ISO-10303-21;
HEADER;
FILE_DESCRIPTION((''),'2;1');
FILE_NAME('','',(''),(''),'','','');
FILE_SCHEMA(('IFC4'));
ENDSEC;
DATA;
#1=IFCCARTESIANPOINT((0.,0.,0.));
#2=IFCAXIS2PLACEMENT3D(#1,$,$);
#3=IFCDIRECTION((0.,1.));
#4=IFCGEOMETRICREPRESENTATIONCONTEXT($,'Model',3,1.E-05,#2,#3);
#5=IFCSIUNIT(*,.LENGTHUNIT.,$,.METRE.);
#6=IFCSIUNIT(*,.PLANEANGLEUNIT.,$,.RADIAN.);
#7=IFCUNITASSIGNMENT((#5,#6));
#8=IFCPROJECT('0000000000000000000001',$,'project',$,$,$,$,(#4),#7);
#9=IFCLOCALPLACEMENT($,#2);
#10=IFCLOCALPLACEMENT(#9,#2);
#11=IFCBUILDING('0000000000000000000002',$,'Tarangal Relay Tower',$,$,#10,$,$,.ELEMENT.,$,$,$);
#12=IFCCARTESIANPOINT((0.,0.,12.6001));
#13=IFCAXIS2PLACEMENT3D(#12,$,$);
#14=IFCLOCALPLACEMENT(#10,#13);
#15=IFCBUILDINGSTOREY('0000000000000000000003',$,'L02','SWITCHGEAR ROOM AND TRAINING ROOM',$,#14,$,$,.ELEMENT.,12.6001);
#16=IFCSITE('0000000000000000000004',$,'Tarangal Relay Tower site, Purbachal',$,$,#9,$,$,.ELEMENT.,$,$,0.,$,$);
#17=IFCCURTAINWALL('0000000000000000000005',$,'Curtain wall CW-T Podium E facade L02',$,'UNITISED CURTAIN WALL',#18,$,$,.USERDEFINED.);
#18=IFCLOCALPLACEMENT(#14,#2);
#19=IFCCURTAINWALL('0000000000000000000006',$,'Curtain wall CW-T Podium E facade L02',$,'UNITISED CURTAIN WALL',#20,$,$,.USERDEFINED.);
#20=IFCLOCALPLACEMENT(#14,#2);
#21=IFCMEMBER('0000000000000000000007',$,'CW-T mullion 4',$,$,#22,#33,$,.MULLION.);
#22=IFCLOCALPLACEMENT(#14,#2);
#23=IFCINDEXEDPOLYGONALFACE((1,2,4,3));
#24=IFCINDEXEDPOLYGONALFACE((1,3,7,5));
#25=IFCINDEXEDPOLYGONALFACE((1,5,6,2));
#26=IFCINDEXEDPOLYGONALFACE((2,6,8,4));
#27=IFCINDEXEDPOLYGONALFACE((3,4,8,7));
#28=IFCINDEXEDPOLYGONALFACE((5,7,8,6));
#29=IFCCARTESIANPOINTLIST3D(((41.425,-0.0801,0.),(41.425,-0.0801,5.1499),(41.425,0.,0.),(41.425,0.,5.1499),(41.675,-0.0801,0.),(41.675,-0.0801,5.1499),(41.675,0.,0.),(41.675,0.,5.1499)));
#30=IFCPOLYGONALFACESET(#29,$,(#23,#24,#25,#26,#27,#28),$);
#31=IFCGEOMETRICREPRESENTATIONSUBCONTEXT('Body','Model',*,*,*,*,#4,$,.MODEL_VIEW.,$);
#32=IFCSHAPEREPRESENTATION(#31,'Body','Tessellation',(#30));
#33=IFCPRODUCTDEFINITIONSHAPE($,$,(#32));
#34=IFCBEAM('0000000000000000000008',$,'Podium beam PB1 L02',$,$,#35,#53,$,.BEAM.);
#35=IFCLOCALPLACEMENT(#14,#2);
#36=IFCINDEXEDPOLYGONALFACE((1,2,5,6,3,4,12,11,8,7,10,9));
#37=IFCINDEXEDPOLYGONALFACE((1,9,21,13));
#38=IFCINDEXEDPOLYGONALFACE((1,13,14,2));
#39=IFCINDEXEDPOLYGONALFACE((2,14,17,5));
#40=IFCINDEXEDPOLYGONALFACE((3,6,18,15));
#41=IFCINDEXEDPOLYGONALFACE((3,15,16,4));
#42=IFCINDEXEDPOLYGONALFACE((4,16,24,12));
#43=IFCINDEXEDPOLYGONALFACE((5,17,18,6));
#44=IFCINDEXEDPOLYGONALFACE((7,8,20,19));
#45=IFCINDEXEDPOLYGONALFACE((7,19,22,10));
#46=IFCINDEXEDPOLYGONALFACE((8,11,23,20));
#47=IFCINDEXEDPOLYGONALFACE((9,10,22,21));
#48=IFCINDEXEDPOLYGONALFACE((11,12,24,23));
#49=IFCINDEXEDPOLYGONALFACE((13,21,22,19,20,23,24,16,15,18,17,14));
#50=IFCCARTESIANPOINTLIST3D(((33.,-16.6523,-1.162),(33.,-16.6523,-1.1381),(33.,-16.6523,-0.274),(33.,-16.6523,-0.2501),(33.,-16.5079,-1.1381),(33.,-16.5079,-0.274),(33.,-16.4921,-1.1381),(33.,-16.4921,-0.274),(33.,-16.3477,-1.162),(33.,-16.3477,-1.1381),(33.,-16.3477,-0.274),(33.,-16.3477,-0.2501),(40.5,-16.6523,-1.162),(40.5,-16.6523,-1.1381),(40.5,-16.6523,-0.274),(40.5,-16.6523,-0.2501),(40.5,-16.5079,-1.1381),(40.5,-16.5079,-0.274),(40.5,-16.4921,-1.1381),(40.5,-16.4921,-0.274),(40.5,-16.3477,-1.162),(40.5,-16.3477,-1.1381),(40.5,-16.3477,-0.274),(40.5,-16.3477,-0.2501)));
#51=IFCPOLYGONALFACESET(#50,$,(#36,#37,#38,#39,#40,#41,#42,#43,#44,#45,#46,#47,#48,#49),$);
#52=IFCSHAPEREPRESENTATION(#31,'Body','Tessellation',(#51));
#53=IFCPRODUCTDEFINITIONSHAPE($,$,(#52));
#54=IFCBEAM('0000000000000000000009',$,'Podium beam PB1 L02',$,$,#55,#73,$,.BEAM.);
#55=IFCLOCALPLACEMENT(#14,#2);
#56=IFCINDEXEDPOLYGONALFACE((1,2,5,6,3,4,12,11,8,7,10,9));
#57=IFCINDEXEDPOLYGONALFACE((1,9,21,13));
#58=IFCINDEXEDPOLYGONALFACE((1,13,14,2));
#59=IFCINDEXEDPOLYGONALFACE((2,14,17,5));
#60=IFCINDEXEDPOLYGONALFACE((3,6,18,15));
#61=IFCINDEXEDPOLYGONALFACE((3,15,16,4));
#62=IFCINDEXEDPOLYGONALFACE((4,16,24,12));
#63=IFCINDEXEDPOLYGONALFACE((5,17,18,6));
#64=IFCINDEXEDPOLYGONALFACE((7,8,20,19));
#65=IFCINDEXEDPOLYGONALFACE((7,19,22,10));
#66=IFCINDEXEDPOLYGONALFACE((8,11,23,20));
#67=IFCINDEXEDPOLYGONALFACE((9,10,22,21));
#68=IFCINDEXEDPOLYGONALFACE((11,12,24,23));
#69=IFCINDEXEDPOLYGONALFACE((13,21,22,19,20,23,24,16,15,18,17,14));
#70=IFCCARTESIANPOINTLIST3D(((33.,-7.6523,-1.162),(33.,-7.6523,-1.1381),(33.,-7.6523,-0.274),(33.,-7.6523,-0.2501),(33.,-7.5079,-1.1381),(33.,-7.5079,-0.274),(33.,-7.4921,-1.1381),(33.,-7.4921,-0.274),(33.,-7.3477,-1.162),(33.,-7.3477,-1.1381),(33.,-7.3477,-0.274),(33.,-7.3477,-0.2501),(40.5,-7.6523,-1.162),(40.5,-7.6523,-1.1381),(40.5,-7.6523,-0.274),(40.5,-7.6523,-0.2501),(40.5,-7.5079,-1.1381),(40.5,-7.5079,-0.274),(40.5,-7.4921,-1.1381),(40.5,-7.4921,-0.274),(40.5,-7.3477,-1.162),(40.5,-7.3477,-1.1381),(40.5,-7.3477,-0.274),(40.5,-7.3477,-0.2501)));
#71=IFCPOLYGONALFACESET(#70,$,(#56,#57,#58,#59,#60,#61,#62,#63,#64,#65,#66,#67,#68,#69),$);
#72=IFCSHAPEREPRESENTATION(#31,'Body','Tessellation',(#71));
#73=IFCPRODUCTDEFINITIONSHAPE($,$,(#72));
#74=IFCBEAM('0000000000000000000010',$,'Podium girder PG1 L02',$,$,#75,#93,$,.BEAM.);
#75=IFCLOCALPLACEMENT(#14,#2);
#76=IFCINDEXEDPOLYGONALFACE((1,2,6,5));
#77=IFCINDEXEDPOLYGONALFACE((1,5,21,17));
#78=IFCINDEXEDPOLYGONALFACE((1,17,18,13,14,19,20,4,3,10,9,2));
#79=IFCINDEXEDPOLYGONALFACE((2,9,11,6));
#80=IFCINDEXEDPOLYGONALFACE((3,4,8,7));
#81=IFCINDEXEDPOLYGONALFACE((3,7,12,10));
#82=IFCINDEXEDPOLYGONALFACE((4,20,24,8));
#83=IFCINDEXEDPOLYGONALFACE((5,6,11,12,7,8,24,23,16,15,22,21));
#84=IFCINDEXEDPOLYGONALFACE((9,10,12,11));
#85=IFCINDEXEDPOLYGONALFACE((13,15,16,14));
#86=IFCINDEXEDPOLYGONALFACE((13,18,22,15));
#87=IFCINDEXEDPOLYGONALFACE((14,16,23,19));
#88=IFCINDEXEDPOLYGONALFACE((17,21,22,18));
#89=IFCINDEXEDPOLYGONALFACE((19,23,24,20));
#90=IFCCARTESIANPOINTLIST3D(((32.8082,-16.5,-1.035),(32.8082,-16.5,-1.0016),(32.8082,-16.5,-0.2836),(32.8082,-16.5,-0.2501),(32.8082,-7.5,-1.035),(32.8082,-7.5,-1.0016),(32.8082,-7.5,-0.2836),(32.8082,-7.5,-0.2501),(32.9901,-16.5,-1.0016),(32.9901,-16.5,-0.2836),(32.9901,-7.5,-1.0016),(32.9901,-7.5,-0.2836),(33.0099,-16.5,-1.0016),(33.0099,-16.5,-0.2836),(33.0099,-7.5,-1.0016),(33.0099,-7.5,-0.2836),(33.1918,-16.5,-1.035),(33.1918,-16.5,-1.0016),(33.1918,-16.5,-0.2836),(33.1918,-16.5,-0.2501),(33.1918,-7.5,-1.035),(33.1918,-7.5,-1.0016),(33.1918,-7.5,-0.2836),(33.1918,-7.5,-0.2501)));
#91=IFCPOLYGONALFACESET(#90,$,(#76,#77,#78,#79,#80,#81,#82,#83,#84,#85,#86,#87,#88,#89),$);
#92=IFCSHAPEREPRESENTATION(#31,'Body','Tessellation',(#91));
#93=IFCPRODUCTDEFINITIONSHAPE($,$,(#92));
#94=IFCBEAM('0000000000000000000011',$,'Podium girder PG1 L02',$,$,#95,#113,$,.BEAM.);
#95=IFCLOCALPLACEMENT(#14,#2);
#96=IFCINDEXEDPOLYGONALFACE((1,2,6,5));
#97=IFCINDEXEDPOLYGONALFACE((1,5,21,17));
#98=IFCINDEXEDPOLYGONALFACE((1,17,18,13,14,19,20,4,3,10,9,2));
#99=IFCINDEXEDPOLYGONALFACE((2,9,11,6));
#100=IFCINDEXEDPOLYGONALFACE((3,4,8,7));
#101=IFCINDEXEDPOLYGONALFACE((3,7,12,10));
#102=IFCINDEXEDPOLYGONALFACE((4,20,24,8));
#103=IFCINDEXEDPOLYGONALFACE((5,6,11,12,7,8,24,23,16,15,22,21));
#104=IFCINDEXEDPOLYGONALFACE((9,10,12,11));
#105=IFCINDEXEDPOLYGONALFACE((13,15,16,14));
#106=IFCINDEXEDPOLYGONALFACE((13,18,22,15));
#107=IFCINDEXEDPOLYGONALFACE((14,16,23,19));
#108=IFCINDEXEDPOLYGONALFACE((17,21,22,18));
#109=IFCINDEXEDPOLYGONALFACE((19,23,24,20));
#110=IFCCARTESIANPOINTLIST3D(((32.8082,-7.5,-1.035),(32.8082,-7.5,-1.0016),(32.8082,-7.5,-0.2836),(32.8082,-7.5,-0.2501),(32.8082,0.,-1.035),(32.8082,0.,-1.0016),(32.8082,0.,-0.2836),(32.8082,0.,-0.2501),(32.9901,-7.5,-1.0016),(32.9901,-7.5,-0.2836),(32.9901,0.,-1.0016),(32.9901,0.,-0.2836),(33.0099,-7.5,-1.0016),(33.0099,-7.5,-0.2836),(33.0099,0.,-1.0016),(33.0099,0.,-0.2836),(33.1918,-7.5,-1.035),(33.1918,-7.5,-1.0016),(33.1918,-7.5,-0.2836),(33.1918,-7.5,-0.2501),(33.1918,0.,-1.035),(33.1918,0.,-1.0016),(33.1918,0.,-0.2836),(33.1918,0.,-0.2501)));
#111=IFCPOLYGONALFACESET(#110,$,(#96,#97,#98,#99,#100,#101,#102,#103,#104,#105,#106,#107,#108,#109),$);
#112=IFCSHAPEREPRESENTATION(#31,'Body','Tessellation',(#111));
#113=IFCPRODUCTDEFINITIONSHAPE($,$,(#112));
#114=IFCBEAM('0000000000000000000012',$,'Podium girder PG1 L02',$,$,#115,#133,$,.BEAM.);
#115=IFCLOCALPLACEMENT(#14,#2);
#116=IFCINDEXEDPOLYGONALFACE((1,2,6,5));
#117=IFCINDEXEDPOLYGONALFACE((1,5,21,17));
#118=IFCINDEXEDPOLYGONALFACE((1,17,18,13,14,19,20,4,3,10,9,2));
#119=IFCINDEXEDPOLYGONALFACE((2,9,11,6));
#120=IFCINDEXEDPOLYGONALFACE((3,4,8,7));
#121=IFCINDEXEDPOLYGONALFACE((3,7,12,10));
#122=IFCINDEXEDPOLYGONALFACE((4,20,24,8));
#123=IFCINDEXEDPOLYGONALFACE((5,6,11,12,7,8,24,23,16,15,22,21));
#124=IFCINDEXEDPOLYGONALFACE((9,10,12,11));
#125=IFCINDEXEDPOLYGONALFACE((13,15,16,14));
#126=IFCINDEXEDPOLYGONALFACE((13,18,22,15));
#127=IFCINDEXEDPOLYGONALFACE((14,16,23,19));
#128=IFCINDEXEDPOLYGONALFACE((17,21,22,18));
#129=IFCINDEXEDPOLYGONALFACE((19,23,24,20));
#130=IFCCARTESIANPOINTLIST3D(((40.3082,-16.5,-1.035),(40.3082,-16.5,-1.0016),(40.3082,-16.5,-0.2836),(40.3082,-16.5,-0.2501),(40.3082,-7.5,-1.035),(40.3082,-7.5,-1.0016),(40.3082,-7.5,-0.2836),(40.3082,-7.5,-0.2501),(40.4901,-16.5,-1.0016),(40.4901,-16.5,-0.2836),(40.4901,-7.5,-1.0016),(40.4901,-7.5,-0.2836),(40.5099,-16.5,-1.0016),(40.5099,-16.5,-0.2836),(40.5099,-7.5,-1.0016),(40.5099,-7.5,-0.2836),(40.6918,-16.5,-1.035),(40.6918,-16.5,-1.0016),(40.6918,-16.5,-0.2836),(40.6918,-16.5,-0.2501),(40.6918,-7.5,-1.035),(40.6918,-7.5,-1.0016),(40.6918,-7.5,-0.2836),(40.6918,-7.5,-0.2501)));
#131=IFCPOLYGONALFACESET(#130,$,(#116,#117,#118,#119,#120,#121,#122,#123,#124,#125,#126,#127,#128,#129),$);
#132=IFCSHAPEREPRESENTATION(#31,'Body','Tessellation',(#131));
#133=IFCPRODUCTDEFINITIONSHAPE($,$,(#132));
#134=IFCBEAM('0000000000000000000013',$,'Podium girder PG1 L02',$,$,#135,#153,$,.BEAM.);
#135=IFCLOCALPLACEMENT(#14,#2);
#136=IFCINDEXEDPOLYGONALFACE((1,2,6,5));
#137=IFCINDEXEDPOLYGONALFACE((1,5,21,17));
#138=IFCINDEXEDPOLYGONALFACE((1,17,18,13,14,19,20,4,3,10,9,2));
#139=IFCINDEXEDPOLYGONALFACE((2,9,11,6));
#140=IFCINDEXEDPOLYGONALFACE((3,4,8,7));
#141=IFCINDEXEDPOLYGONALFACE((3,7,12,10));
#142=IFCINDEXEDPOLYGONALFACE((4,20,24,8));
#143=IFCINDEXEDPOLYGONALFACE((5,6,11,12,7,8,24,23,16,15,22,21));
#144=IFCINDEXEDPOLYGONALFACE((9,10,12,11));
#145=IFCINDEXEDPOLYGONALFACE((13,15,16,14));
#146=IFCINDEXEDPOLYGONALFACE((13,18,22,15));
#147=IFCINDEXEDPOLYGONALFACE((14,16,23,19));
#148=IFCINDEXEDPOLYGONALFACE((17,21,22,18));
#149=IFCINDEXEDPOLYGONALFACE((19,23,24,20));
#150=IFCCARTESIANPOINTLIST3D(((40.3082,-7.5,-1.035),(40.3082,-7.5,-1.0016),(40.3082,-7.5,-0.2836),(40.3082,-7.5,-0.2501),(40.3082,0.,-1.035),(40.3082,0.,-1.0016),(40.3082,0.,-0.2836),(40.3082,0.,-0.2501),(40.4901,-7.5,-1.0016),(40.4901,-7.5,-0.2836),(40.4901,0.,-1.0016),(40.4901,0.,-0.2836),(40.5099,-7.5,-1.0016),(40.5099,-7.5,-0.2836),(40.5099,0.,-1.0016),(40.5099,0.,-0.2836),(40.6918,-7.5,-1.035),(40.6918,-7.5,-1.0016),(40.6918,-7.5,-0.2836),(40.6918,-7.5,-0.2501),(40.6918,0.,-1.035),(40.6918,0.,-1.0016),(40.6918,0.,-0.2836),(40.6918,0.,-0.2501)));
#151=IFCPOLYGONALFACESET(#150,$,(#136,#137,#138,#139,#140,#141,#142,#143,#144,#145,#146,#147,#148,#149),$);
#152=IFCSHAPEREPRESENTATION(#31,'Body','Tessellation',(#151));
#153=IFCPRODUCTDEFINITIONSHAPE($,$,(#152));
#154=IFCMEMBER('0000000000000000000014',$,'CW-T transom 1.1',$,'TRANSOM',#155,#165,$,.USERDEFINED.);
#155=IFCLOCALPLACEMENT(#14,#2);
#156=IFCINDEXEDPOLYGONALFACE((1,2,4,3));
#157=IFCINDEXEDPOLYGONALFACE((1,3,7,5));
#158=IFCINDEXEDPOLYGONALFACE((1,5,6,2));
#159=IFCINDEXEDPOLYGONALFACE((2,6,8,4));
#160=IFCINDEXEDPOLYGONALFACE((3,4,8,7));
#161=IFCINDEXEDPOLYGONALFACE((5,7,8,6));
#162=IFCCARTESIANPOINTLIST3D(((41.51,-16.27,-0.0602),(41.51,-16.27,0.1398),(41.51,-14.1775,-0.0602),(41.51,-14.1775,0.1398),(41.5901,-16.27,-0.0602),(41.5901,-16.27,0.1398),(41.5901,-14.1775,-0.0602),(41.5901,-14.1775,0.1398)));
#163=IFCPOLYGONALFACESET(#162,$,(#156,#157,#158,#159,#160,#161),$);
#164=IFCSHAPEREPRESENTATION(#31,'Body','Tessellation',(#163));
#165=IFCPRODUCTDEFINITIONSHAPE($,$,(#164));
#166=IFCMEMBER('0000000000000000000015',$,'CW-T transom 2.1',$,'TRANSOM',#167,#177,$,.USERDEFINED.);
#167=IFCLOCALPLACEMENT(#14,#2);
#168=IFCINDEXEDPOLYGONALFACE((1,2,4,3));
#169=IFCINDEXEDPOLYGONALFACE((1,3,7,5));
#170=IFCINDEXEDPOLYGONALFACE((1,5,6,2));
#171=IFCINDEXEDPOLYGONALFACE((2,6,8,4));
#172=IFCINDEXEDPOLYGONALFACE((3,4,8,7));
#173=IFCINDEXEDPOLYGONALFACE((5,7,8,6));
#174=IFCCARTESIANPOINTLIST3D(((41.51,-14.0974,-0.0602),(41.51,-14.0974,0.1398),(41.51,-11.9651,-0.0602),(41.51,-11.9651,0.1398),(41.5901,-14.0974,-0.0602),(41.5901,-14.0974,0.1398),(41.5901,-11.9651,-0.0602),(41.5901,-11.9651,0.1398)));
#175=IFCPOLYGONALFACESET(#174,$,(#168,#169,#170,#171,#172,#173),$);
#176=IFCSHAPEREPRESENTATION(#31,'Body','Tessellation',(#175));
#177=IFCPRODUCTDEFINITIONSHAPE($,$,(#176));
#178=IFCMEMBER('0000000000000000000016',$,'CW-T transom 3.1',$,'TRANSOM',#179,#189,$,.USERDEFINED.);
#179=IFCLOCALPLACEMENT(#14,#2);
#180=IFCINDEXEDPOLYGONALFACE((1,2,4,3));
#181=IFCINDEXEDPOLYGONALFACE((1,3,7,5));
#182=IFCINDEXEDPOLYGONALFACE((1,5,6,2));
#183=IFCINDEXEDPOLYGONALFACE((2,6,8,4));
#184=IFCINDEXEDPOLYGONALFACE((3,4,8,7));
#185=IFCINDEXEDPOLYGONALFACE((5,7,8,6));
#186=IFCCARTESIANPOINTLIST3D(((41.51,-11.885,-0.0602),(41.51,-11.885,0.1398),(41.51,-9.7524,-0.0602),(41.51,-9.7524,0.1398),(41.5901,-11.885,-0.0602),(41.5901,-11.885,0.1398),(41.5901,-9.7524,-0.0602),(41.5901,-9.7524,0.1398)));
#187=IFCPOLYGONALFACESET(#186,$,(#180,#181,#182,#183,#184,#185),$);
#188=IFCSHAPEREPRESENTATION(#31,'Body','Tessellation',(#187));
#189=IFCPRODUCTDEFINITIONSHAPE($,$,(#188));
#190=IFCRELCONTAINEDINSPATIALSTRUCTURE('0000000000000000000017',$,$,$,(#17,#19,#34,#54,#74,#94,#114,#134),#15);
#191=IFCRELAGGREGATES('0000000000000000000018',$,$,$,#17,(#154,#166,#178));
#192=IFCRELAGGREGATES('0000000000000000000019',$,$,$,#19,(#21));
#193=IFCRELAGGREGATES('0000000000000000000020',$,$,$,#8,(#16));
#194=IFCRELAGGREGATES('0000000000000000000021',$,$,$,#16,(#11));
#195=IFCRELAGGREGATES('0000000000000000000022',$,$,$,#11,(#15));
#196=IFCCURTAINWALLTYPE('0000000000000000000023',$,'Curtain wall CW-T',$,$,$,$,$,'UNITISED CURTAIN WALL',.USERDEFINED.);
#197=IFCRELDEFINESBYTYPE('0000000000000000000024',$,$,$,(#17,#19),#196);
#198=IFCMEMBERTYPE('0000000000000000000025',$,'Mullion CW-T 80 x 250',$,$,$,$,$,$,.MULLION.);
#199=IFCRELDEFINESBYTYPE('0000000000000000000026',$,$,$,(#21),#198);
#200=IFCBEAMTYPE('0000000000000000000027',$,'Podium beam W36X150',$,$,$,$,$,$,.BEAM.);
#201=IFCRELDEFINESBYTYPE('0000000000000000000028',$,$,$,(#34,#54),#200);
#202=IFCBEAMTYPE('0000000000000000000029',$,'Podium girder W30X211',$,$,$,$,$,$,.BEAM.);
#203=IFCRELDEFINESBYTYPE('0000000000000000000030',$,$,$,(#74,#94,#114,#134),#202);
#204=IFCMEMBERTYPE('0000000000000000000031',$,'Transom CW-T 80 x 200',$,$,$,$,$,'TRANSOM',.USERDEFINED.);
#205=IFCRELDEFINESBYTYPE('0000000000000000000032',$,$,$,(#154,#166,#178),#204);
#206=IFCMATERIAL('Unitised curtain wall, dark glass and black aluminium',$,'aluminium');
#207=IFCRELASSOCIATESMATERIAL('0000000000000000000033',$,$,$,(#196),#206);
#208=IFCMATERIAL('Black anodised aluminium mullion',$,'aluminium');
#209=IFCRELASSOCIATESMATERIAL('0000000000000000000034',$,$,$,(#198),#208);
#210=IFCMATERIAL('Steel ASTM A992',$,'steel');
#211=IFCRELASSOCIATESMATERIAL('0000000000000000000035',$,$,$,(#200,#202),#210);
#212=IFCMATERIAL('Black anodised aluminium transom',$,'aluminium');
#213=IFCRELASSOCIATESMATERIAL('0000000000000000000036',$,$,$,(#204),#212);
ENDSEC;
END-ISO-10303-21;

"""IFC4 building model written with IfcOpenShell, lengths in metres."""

from ifc_helpers import new_model, si_unit, direction, frame, origin, origin_2d, place, context, subcontext, project, spatial, rectangle, i_section, extrude, material, material_profile, profile_set, type_object, element, aggregate, save


model = new_model("IFC4")

# Units and contexts
model_context = context("Model", 3, precision=1e-05, world=origin(), true_north=direction((0.0, 1.0)))
body_context = subcontext(model_context, "Body", "Model", "MODEL_VIEW")
ifc_project = project(units=[si_unit("LENGTHUNIT", "METRE"), si_unit("PLANEANGLEUNIT", "RADIAN")], contexts=[model_context])

# Site, building, storey
site_placement = place(None, origin())
site = spatial("IfcSite", under=ifc_project, at=site_placement, Name="Tarangal Relay Tower site, Purbachal", CompositionType="ELEMENT", RefElevation=0.0)
building_placement = place(site_placement, origin())
building = spatial("IfcBuilding", under=site, at=building_placement, Name="Tarangal Relay Tower", CompositionType="ELEMENT")
storey_placement = place(building_placement, frame((0.0, 0.0, 12.6001)))
storey = spatial("IfcBuildingStorey", under=building, at=storey_placement, Name="L02", Description="SWITCHGEAR ROOM AND TRAINING ROOM", CompositionType="ELEMENT", Elevation=12.6001)

# Shared definitions
ifc_material_1 = material(Name="Steel ASTM A992", Category="steel")

# Shared definitions
ifc_material_2 = material(Name="Unitised curtain wall, dark glass and black aluminium", Category="aluminium")
ifc_material_3 = material(Name="Black anodised aluminium mullion", Category="aluminium")

# Curtain walls, member
curtain_wall_type_1 = type_object("IfcCurtainWallType", Name="Curtain wall CW-T", ElementType="UNITISED CURTAIN WALL", PredefinedType="USERDEFINED", material=ifc_material_2)
curtain_wall_1_placement = place(storey_placement, origin())
curtain_wall_1 = element("IfcCurtainWall", 1, at=curtain_wall_1_placement, inside=storey, type_object=curtain_wall_type_1, Name="Curtain wall CW-T Podium E facade L02", ObjectType="UNITISED CURTAIN WALL", PredefinedType="USERDEFINED")
ifc_material_profile_1 = material_profile(ifc_material_3, rectangle(XDim=0.25, YDim=0.0801, at=origin_2d()), Name="CW-TM 80X250")
ifc_profile_set_1 = profile_set([ifc_material_profile_1], Name="Black anodised aluminium mullion")
member_type_1 = type_object("IfcMemberType", Name="Mullion CW-T 80 x 250", PredefinedType="MULLION", material=ifc_profile_set_1)
curtain_wall_2_placement = place(storey_placement, origin())
curtain_wall_2 = element("IfcCurtainWall", 2, at=curtain_wall_2_placement, inside=storey, type_object=curtain_wall_type_1, Name="Curtain wall CW-T Podium E facade L02", ObjectType="UNITISED CURTAIN WALL", PredefinedType="USERDEFINED")
member_1_placement = place(storey_placement, frame((41.55, -0.04, 0.0), z_axis=(0.0, 0.0, 1.0), x_axis=(-1.0, 0.0, 0.0)))
member_1 = element("IfcMember", 3, at=member_1_placement, type_object=member_type_1, Name="CW-T mullion 4", PredefinedType="MULLION", context=body_context, shape_type="SweptSolid", body=[
    extrude(rectangle(XDim=0.25, YDim=0.0801, at=origin_2d()), origin(), (0.0, 0.0, 1.0), 5.1499),
])

# Beams
ifc_material_profile_2 = material_profile(ifc_material_1, i_section(OverallWidth=0.3047, OverallDepth=0.9119, WebThickness=0.0159, FlangeThickness=0.0239, at=origin_2d()), Name="W36X150")
ifc_profile_set_2 = profile_set([ifc_material_profile_2], Name="Steel ASTM A992")
beam_type_1 = type_object("IfcBeamType", Name="Podium beam W36X150", PredefinedType="BEAM", material=ifc_profile_set_2)
for number, where, z_axis, x_axis, name in (
    (4, (33.0, -16.5, -0.7061), (1.0, 0.0, 0.0), (0.0, 1.0, 0.0), "Podium beam PB1 L02"),
    (5, (33.0, -7.5, -0.7061), (1.0, 0.0, 0.0), (0.0, 1.0, 0.0), "Podium beam PB1 L02"),
):
    element("IfcBeam", number, at=place(storey_placement, frame(where, z_axis=z_axis, x_axis=x_axis)), inside=storey, type_object=beam_type_1, Name=name, PredefinedType="BEAM", context=body_context, shape_type="SweptSolid", body=[
        extrude(i_section(OverallWidth=0.3047, OverallDepth=0.9119, WebThickness=0.0159, FlangeThickness=0.0239, at=origin_2d()), origin(), (0.0, 0.0, 1.0), 7.5),
    ])
ifc_material_profile_3 = material_profile(ifc_material_1, i_section(OverallWidth=0.3835, OverallDepth=0.7849, WebThickness=0.0198, FlangeThickness=0.0334, at=origin_2d()), Name="W30X211")
ifc_profile_set_3 = profile_set([ifc_material_profile_3], Name="Steel ASTM A992")
beam_type_2 = type_object("IfcBeamType", Name="Podium girder W30X211", PredefinedType="BEAM", material=ifc_profile_set_3)
beam_1_placement = place(storey_placement, frame((33.0, -16.5, -0.6426), z_axis=(0.0, 1.0, 0.0), x_axis=(-1.0, 0.0, 0.0)))
element("IfcBeam", 6, at=beam_1_placement, inside=storey, type_object=beam_type_2, Name="Podium girder PG1 L02", PredefinedType="BEAM", context=body_context, shape_type="SweptSolid", body=[
    extrude(i_section(OverallWidth=0.3835, OverallDepth=0.7849, WebThickness=0.0198, FlangeThickness=0.0334, at=origin_2d()), origin(), (0.0, 0.0, 1.0), 9.0),
])
beam_2_placement = place(storey_placement, frame((33.0, -7.5, -0.6426), z_axis=(0.0, 1.0, 0.0), x_axis=(-1.0, 0.0, 0.0)))
element("IfcBeam", 7, at=beam_2_placement, inside=storey, type_object=beam_type_2, Name="Podium girder PG1 L02", PredefinedType="BEAM", context=body_context, shape_type="SweptSolid", body=[
    extrude(i_section(OverallWidth=0.3835, OverallDepth=0.7849, WebThickness=0.0198, FlangeThickness=0.0334, at=origin_2d()), origin(), (0.0, 0.0, 1.0), 7.5),
])
beam_3_placement = place(storey_placement, frame((40.5, -16.5, -0.6426), z_axis=(0.0, 1.0, 0.0), x_axis=(-1.0, 0.0, 0.0)))
element("IfcBeam", 8, at=beam_3_placement, inside=storey, type_object=beam_type_2, Name="Podium girder PG1 L02", PredefinedType="BEAM", context=body_context, shape_type="SweptSolid", body=[
    extrude(i_section(OverallWidth=0.3835, OverallDepth=0.7849, WebThickness=0.0198, FlangeThickness=0.0334, at=origin_2d()), origin(), (0.0, 0.0, 1.0), 9.0),
])
beam_4_placement = place(storey_placement, frame((40.5, -7.5, -0.6426), z_axis=(0.0, 1.0, 0.0), x_axis=(-1.0, 0.0, 0.0)))
element("IfcBeam", 9, at=beam_4_placement, inside=storey, type_object=beam_type_2, Name="Podium girder PG1 L02", PredefinedType="BEAM", context=body_context, shape_type="SweptSolid", body=[
    extrude(i_section(OverallWidth=0.3835, OverallDepth=0.7849, WebThickness=0.0198, FlangeThickness=0.0334, at=origin_2d()), origin(), (0.0, 0.0, 1.0), 7.5),
])

# Members
ifc_material_4 = material(Name="Black anodised aluminium transom", Category="aluminium")
ifc_material_profile_4 = material_profile(ifc_material_4, rectangle(XDim=0.0801, YDim=0.2, at=origin_2d()), Name="CW-TT 80X200")
ifc_profile_set_4 = profile_set([ifc_material_profile_4], Name="Black anodised aluminium transom")
member_type_2 = type_object("IfcMemberType", Name="Transom CW-T 80 x 200", ElementType="TRANSOM", PredefinedType="USERDEFINED", material=ifc_profile_set_4)
member_2_placement = place(storey_placement, frame((41.55, -16.27, 0.0398), z_axis=(0.0, 1.0, 0.0), x_axis=(-1.0, 0.0, 0.0)))
member_2 = element("IfcMember", 10, at=member_2_placement, type_object=member_type_2, Name="CW-T transom 1.1", ObjectType="TRANSOM", PredefinedType="USERDEFINED", context=body_context, shape_type="SweptSolid", body=[
    extrude(rectangle(XDim=0.0801, YDim=0.2, at=origin_2d()), origin(), (0.0, 0.0, 1.0), 2.0925),
])
member_3_placement = place(storey_placement, frame((41.55, -14.0974, 0.0398), z_axis=(0.0, 1.0, 0.0), x_axis=(-1.0, 0.0, 0.0)))
member_3 = element("IfcMember", 11, at=member_3_placement, type_object=member_type_2, Name="CW-T transom 2.1", ObjectType="TRANSOM", PredefinedType="USERDEFINED", context=body_context, shape_type="SweptSolid", body=[
    extrude(rectangle(XDim=0.0801, YDim=0.2, at=origin_2d()), origin(), (0.0, 0.0, 1.0), 2.1323),
])
member_4_placement = place(storey_placement, frame((41.55, -11.885, 0.0398), z_axis=(0.0, 1.0, 0.0), x_axis=(-1.0, 0.0, 0.0)))
member_4 = element("IfcMember", 12, at=member_4_placement, type_object=member_type_2, Name="CW-T transom 3.1", ObjectType="TRANSOM", PredefinedType="USERDEFINED", context=body_context, shape_type="SweptSolid", body=[
    extrude(rectangle(XDim=0.0801, YDim=0.2, at=origin_2d()), origin(), (0.0, 0.0, 1.0), 2.1326),
])

aggregate(curtain_wall_1, [member_2, member_3, member_4])
aggregate(curtain_wall_2, [member_1])

save(model, "model.ifc")
